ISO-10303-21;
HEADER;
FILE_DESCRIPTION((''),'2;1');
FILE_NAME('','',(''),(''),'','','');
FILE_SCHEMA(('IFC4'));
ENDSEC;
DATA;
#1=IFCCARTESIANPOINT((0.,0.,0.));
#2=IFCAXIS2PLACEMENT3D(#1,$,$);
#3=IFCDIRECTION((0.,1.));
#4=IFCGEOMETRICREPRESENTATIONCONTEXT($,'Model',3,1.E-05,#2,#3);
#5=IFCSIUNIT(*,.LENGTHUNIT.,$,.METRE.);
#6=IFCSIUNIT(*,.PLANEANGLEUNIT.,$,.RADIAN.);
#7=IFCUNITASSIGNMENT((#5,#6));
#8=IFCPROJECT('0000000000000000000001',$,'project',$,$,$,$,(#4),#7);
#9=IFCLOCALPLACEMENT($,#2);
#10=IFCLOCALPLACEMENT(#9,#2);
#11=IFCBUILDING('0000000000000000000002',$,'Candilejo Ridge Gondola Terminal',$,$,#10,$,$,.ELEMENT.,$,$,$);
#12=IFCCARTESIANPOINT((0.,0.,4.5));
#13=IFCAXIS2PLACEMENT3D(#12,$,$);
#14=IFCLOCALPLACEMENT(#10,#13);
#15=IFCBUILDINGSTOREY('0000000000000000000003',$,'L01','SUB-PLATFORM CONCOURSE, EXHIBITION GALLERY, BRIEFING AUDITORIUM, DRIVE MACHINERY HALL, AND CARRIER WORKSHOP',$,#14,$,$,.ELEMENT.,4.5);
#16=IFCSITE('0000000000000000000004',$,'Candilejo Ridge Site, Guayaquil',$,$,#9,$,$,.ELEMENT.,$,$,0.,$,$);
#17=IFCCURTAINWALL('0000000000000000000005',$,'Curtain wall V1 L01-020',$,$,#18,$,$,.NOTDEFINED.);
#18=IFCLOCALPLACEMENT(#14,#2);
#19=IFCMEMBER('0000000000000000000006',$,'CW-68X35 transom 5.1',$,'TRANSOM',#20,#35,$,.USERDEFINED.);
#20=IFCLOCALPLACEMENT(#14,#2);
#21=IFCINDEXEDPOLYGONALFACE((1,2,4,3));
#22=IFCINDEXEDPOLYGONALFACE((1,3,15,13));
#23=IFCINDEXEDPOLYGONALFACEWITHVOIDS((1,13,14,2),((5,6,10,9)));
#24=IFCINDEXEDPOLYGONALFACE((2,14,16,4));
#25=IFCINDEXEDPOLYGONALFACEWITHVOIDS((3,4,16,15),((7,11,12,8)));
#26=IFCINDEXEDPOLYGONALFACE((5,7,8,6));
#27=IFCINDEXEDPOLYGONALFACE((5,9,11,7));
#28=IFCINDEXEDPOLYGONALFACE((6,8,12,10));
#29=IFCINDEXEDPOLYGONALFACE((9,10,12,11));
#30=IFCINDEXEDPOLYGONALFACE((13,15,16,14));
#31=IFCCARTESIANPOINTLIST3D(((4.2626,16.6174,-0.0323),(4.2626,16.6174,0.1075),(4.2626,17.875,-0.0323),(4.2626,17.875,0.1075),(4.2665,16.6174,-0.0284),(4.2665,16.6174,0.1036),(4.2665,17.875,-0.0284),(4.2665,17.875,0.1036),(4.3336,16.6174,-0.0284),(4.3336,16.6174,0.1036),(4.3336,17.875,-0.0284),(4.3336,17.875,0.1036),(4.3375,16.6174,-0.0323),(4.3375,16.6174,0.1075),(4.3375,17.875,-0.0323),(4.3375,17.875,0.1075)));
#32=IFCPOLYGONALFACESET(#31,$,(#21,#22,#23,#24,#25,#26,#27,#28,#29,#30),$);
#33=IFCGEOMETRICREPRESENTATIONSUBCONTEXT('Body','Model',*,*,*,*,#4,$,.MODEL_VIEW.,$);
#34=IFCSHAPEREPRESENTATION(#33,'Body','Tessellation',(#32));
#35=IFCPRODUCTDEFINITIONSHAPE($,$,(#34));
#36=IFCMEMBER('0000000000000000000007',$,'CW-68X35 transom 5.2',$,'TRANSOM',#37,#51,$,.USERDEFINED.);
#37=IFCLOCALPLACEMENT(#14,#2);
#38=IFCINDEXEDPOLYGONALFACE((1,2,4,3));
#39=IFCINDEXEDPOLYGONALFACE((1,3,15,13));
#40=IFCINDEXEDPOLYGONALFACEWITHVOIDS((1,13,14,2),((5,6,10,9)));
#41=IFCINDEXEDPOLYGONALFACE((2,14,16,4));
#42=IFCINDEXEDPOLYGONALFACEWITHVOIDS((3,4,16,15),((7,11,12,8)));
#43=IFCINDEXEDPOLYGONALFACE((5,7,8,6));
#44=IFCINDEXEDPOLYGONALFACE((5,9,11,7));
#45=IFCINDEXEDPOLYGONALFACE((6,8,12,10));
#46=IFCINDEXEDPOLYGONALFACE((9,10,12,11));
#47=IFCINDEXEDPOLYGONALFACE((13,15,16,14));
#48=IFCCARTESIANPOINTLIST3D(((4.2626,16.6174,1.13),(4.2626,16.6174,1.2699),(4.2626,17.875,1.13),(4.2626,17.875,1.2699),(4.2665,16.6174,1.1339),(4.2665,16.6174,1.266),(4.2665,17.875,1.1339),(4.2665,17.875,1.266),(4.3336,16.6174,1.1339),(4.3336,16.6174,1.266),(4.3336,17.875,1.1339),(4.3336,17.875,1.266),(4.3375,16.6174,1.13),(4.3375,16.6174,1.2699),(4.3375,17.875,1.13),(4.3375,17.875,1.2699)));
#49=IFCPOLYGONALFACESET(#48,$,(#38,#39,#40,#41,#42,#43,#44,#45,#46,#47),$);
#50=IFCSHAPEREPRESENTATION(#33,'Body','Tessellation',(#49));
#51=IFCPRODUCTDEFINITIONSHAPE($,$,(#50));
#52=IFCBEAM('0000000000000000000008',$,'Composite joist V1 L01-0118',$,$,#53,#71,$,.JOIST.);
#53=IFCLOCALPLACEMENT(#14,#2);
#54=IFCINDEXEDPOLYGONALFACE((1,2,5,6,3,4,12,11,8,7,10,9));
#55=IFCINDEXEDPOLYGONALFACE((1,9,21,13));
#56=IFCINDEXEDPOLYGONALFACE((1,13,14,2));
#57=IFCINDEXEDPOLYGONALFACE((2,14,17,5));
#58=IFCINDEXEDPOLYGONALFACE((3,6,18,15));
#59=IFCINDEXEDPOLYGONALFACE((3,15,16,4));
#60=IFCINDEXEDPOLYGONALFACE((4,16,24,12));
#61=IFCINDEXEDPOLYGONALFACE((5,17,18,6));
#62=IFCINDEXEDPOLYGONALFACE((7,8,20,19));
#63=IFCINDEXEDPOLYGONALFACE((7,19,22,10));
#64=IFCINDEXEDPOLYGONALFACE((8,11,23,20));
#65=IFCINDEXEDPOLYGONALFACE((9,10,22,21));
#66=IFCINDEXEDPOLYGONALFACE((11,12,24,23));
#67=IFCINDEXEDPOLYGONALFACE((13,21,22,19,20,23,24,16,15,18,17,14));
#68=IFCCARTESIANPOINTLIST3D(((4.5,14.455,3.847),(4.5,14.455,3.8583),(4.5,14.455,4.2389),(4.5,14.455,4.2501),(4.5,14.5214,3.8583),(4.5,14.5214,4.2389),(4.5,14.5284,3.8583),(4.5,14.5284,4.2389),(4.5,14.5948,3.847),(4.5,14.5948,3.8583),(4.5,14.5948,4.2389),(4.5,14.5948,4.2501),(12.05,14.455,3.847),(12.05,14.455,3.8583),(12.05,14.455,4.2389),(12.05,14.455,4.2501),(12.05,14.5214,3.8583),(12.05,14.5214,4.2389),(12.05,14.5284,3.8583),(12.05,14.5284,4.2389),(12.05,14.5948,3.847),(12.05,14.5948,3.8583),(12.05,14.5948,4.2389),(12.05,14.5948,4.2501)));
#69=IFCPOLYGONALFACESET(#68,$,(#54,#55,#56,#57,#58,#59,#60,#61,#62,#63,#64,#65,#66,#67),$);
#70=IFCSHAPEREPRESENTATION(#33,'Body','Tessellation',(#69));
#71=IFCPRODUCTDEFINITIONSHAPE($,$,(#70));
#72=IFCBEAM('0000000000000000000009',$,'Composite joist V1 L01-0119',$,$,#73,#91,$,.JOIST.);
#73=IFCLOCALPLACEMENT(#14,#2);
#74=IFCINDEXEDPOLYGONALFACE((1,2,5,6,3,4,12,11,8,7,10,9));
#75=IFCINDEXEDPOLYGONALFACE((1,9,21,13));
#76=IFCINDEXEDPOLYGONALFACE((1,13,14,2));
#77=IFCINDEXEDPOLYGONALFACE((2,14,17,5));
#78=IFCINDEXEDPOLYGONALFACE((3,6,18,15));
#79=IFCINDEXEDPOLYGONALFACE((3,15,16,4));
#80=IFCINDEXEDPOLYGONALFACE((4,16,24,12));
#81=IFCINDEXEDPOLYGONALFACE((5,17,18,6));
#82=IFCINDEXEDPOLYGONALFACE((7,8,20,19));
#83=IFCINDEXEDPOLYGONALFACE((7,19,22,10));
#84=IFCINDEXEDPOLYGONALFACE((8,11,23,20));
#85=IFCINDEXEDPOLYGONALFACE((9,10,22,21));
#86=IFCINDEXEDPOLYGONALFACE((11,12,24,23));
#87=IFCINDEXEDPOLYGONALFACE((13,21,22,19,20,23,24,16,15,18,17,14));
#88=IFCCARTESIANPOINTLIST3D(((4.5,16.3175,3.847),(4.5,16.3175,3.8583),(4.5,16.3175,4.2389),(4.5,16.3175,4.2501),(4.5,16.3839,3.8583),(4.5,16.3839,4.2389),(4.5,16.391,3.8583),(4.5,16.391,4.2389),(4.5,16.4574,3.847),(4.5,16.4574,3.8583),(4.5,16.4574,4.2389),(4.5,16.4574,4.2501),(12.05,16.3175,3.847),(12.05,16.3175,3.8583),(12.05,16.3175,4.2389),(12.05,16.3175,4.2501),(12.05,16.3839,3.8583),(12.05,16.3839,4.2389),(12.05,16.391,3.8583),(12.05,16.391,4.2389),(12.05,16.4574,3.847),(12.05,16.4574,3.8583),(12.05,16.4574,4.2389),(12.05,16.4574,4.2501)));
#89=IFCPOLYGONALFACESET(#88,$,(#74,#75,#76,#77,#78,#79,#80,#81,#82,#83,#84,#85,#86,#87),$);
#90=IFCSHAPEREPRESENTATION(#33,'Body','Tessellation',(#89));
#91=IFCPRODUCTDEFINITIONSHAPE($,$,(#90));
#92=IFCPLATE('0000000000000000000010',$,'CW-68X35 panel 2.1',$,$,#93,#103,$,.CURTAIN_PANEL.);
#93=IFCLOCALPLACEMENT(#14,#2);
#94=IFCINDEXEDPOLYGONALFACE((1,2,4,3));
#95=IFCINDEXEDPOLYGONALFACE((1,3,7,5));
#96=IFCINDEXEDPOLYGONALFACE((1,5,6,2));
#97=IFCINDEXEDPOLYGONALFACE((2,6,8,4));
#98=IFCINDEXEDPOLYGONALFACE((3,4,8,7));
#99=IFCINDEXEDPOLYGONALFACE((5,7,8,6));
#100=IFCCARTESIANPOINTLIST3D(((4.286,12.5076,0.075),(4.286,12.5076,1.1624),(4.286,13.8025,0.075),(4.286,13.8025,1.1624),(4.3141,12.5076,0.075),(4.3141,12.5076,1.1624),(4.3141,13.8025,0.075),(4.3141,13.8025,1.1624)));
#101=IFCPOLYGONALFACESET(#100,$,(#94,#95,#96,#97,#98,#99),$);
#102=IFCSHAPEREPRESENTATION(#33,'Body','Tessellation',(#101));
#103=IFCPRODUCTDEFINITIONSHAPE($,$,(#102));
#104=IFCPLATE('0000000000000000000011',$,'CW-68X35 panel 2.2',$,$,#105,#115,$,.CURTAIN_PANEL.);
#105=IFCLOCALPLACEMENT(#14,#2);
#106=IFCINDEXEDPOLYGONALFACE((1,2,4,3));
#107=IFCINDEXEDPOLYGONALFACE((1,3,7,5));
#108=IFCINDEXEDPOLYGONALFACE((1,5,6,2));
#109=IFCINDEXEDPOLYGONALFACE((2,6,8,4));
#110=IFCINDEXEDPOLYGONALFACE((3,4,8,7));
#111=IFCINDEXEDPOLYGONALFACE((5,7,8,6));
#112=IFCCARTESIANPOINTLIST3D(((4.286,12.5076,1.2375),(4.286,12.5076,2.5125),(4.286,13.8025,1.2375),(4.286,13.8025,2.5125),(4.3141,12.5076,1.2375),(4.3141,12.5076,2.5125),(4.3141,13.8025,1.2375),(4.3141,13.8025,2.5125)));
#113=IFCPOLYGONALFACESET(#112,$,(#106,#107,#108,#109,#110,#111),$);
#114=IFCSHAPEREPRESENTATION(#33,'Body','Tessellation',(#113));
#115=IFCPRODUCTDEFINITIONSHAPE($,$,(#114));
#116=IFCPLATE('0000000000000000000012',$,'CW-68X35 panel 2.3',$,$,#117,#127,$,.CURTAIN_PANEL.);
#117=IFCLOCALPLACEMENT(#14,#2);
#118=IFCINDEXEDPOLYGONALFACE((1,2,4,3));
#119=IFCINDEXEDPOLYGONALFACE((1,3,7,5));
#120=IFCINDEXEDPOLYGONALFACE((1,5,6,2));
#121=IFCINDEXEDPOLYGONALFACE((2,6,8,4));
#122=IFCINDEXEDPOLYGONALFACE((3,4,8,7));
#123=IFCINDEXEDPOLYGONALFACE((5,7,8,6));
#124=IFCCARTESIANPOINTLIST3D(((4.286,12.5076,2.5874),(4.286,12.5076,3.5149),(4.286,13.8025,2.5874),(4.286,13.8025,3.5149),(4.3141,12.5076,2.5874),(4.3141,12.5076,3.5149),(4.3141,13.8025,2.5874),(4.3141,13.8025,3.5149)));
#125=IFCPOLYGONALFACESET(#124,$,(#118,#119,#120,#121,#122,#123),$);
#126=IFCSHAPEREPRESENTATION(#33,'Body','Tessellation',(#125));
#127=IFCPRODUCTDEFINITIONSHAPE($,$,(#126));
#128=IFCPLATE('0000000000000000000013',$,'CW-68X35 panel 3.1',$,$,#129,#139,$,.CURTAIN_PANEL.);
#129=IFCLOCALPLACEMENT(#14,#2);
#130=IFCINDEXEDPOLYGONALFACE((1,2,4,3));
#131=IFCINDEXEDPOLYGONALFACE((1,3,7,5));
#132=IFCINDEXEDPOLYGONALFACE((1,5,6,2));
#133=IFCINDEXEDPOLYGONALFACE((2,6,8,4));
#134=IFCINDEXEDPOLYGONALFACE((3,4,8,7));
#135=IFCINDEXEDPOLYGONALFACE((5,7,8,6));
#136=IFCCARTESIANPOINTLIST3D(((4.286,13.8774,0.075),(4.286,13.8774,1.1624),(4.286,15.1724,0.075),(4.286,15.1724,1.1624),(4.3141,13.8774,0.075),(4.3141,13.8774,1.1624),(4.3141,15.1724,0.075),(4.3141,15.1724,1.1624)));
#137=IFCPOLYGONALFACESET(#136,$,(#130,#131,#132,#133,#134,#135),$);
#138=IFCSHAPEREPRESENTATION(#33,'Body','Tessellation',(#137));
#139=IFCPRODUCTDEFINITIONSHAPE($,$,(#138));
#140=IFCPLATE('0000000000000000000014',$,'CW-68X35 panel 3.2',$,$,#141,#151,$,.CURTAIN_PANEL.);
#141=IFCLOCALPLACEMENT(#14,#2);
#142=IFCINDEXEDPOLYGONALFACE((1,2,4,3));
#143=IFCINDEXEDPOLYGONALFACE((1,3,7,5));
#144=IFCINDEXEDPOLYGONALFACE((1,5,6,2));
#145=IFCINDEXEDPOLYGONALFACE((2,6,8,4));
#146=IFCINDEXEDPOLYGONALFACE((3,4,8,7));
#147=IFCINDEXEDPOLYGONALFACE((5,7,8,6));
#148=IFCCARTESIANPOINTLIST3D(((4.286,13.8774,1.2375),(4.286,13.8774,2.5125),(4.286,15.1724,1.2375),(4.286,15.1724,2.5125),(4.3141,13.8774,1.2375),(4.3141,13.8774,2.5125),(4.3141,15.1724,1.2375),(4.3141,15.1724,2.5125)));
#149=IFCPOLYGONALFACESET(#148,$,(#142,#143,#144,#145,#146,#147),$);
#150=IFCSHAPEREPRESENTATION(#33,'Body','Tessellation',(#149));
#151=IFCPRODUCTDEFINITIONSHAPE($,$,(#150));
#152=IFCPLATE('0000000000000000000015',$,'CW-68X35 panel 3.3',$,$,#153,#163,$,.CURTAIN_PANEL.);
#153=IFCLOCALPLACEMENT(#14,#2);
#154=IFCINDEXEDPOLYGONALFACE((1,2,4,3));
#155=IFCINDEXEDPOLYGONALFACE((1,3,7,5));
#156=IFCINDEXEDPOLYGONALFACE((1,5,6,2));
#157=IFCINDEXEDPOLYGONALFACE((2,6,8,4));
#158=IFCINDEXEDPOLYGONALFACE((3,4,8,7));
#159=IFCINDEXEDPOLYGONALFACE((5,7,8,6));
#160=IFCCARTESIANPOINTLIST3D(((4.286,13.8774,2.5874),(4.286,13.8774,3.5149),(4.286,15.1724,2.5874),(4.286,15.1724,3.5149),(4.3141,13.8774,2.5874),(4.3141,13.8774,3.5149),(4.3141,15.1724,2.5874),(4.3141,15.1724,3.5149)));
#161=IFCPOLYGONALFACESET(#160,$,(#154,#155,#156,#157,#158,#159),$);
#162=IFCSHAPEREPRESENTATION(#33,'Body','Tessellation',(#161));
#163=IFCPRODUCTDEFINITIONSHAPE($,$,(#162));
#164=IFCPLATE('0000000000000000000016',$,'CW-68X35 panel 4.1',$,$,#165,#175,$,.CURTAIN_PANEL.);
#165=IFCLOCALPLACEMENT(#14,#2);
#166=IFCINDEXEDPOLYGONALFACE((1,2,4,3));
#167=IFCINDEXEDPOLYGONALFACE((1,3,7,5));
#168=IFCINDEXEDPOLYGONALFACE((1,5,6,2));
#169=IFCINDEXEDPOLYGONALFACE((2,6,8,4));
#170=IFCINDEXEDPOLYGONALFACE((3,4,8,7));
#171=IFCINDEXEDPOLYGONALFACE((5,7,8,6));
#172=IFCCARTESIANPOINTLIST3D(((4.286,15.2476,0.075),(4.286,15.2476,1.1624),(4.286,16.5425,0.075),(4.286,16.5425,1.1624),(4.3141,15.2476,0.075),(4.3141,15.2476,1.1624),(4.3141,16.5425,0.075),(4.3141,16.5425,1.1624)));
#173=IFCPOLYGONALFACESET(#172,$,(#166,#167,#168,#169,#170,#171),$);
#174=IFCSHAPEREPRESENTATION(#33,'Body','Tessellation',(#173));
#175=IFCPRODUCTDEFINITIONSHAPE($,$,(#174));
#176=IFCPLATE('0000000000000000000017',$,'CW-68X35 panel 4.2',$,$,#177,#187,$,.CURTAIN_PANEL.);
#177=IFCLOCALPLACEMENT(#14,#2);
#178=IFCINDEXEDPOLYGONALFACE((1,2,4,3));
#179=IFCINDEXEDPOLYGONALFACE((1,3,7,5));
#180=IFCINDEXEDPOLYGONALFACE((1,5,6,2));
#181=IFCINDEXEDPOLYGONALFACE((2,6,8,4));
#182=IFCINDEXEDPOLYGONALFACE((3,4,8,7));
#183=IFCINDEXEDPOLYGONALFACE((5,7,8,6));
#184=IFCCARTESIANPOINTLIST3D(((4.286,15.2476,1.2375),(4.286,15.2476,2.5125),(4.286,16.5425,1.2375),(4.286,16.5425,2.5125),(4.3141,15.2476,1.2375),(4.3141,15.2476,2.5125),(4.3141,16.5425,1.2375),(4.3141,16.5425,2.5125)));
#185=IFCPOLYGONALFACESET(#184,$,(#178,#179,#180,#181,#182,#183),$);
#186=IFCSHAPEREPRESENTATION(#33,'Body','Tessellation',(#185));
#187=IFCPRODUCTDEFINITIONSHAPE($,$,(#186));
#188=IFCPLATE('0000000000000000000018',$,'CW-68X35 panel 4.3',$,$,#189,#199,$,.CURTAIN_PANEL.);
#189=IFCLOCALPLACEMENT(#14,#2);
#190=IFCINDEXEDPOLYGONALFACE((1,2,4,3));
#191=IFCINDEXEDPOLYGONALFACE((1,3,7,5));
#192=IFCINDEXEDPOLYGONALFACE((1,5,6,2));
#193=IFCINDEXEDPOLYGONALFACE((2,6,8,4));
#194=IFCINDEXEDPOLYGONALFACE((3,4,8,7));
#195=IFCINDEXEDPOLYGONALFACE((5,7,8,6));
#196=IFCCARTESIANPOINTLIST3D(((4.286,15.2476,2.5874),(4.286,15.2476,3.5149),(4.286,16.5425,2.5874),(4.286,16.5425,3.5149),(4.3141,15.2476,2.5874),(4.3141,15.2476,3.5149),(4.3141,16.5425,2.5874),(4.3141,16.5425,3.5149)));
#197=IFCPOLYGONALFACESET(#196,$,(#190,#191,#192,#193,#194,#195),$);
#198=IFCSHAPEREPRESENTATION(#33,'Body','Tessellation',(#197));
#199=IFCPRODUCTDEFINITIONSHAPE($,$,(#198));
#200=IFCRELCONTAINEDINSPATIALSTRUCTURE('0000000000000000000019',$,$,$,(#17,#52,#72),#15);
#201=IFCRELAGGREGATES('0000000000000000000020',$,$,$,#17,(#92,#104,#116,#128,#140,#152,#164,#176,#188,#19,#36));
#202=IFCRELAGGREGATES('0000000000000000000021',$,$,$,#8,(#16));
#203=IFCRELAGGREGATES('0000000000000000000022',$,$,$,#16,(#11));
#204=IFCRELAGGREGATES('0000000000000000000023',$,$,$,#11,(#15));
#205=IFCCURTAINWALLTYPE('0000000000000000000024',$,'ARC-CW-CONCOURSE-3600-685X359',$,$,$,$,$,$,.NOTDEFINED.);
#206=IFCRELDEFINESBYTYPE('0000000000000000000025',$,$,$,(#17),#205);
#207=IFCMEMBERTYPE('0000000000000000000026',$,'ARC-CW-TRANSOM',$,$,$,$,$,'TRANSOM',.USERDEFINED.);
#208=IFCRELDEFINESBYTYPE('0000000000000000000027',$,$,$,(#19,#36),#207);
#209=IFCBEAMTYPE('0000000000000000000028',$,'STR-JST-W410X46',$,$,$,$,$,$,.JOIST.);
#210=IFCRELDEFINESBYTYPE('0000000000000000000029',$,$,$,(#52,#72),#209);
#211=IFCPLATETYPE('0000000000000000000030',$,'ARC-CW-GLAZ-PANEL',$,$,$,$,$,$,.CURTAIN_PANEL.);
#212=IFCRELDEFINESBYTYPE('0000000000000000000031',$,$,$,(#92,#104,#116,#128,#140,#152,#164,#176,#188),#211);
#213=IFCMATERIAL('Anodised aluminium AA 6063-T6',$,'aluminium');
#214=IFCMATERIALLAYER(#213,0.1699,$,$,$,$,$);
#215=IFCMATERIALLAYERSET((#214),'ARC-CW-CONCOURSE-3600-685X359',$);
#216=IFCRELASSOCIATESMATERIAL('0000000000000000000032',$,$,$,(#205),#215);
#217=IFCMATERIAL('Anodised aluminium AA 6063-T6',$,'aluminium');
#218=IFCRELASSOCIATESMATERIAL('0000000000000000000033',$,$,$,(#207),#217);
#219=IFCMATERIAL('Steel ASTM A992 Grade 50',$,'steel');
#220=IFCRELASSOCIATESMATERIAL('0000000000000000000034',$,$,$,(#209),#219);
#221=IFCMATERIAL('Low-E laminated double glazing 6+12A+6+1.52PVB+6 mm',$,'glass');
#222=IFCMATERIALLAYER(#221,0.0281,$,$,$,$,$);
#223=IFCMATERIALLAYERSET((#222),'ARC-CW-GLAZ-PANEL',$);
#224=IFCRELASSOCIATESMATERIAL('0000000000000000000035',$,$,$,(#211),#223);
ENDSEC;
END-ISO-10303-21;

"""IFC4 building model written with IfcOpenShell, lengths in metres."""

from ifc_helpers import new_model, si_unit, direction, frame, origin, origin_2d, place, context, subcontext, project, spatial, rectangle, hollow_rectangle, i_section, extrude, material, layer, layer_set, material_profile, profile_set, type_object, element, aggregate, save


model = new_model("IFC4")

# Units and contexts
model_context = context("Model", 3, precision=1e-05, world=origin(), true_north=direction((0.0, 1.0)))
body_context = subcontext(model_context, "Body", "Model", "MODEL_VIEW")
ifc_project = project(units=[si_unit("LENGTHUNIT", "METRE"), si_unit("PLANEANGLEUNIT", "RADIAN")], contexts=[model_context])

# Site, building, storey
site_placement = place(None, origin())
site = spatial("IfcSite", under=ifc_project, at=site_placement, Name="Candilejo Ridge Site, Guayaquil", CompositionType="ELEMENT", RefElevation=0.0)
building_placement = place(site_placement, origin())
building = spatial("IfcBuilding", under=site, at=building_placement, Name="Candilejo Ridge Gondola Terminal", CompositionType="ELEMENT")
storey_placement = place(building_placement, frame((0.0, 0.0, 4.5)))
storey = spatial("IfcBuildingStorey", under=building, at=storey_placement, Name="L01", Description="SUB-PLATFORM CONCOURSE, EXHIBITION GALLERY, BRIEFING AUDITORIUM, DRIVE MACHINERY HALL, AND CARRIER WORKSHOP", CompositionType="ELEMENT", Elevation=4.5)

# Curtain wall, members
ifc_material_1 = material(Name="Anodised aluminium AA 6063-T6", Category="aluminium")
ifc_layer_1 = layer(ifc_material_1, 0.1699)
ifc_layer_set_1 = layer_set([ifc_layer_1], Name="ARC-CW-CONCOURSE-3600-685X359")
curtain_wall_type = type_object("IfcCurtainWallType", Name="ARC-CW-CONCOURSE-3600-685X359", PredefinedType="NOTDEFINED", material=ifc_layer_set_1)
curtain_wall_placement = place(storey_placement, origin())
curtain_wall = element("IfcCurtainWall", 1, at=curtain_wall_placement, inside=storey, type_object=curtain_wall_type, Name="Curtain wall V1 L01-020", PredefinedType="NOTDEFINED")
ifc_material_2 = material(Name="Anodised aluminium AA 6063-T6", Category="aluminium")
ifc_material_profile_1 = material_profile(ifc_material_2, hollow_rectangle(XDim=0.075, YDim=0.1399, WallThickness=0.0039, at=origin_2d()))
ifc_profile_set_1 = profile_set([ifc_material_profile_1], Name="Anodised aluminium AA 6063-T6")
member_type_1 = type_object("IfcMemberType", Name="ARC-CW-TRANSOM", ElementType="TRANSOM", PredefinedType="USERDEFINED", material=ifc_profile_set_1)
member_1_placement = place(storey_placement, frame((4.3, 16.6174, 0.0376), z_axis=(0.0, 1.0, 0.0), x_axis=(-1.0, 0.0, 0.0)))
member_1 = element("IfcMember", 2, at=member_1_placement, type_object=member_type_1, Name="CW-68X35 transom 5.1", ObjectType="TRANSOM", PredefinedType="USERDEFINED", context=body_context, shape_type="SweptSolid", body=[
    extrude(hollow_rectangle(XDim=0.075, YDim=0.1399, WallThickness=0.0039, at=origin_2d()), origin(), (0.0, 0.0, 1.0), 1.2576),
])
member_2_placement = place(storey_placement, frame((4.3, 16.6174, 1.2), z_axis=(0.0, 1.0, 0.0), x_axis=(-1.0, 0.0, 0.0)))
member_2 = element("IfcMember", 3, at=member_2_placement, type_object=member_type_1, Name="CW-68X35 transom 5.2", ObjectType="TRANSOM", PredefinedType="USERDEFINED", context=body_context, shape_type="SweptSolid", body=[
    extrude(hollow_rectangle(XDim=0.075, YDim=0.1399, WallThickness=0.0039, at=origin_2d()), origin(), (0.0, 0.0, 1.0), 1.2576),
])

# Beams
ifc_material_3 = material(Name="Steel ASTM A992 Grade 50", Category="steel")
ifc_material_profile_2 = material_profile(ifc_material_3, i_section(OverallWidth=0.1399, OverallDepth=0.4031, WebThickness=0.0071, FlangeThickness=0.0112, at=origin_2d()))
ifc_profile_set_2 = profile_set([ifc_material_profile_2], Name="Steel ASTM A992 Grade 50")
beam_type = type_object("IfcBeamType", Name="STR-JST-W410X46", PredefinedType="JOIST", material=ifc_profile_set_2)
for number, where, z_axis, x_axis, name in (
    (4, (4.5, 14.5249, 4.0486), (1.0, 0.0, 0.0), (0.0, 1.0, 0.0), "Composite joist V1 L01-0118"),
    (5, (4.5, 16.3875, 4.0486), (1.0, 0.0, 0.0), (0.0, 1.0, 0.0), "Composite joist V1 L01-0119"),
):
    element("IfcBeam", number, at=place(storey_placement, frame(where, z_axis=z_axis, x_axis=x_axis)), inside=storey, type_object=beam_type, Name=name, PredefinedType="JOIST", context=body_context, shape_type="SweptSolid", body=[
        extrude(i_section(OverallWidth=0.1399, OverallDepth=0.4031, WebThickness=0.0071, FlangeThickness=0.0112, at=origin_2d()), origin(), (0.0, 0.0, 1.0), 7.55),
    ])

# Plates
ifc_material_4 = material(Name="Low-E laminated double glazing 6+12A+6+1.52PVB+6 mm", Category="glass")
ifc_layer_2 = layer(ifc_material_4, 0.0281)
ifc_layer_set_2 = layer_set([ifc_layer_2], Name="ARC-CW-GLAZ-PANEL")
plate_type = type_object("IfcPlateType", Name="ARC-CW-GLAZ-PANEL", PredefinedType="CURTAIN_PANEL", material=ifc_layer_set_2)
plate_1_placement = place(storey_placement, frame((4.3, 13.155, 0.075), z_axis=(0.0, 0.0, 1.0), x_axis=(0.0, 1.0, 0.0)))
plate_1 = element("IfcPlate", 6, at=plate_1_placement, type_object=plate_type, Name="CW-68X35 panel 2.1", PredefinedType="CURTAIN_PANEL", context=body_context, shape_type="SweptSolid", body=[
    extrude(rectangle(XDim=1.2949, YDim=0.0281, at=origin_2d()), origin(), (0.0, 0.0, 1.0), 1.0874),
])
plate_2_placement = place(storey_placement, frame((4.3, 13.155, 1.2375), z_axis=(0.0, 0.0, 1.0), x_axis=(0.0, 1.0, 0.0)))
plate_2 = element("IfcPlate", 7, at=plate_2_placement, type_object=plate_type, Name="CW-68X35 panel 2.2", PredefinedType="CURTAIN_PANEL", context=body_context, shape_type="SweptSolid", body=[
    extrude(rectangle(XDim=1.2949, YDim=0.0281, at=origin_2d()), origin(), (0.0, 0.0, 1.0), 1.2749),
])
plate_3_placement = place(storey_placement, frame((4.3, 13.155, 2.5874), z_axis=(0.0, 0.0, 1.0), x_axis=(0.0, 1.0, 0.0)))
plate_3 = element("IfcPlate", 8, at=plate_3_placement, type_object=plate_type, Name="CW-68X35 panel 2.3", PredefinedType="CURTAIN_PANEL", context=body_context, shape_type="SweptSolid", body=[
    extrude(rectangle(XDim=1.2949, YDim=0.0281, at=origin_2d()), origin(), (0.0, 0.0, 1.0), 0.9275),
])
plate_4_placement = place(storey_placement, frame((4.3, 14.5249, 0.075), z_axis=(0.0, 0.0, 1.0), x_axis=(0.0, 1.0, 0.0)))
plate_4 = element("IfcPlate", 9, at=plate_4_placement, type_object=plate_type, Name="CW-68X35 panel 3.1", PredefinedType="CURTAIN_PANEL", context=body_context, shape_type="SweptSolid", body=[
    extrude(rectangle(XDim=1.2949, YDim=0.0281, at=origin_2d()), origin(), (0.0, 0.0, 1.0), 1.0874),
])
plate_5_placement = place(storey_placement, frame((4.3, 14.5249, 1.2375), z_axis=(0.0, 0.0, 1.0), x_axis=(0.0, 1.0, 0.0)))
plate_5 = element("IfcPlate", 10, at=plate_5_placement, type_object=plate_type, Name="CW-68X35 panel 3.2", PredefinedType="CURTAIN_PANEL", context=body_context, shape_type="SweptSolid", body=[
    extrude(rectangle(XDim=1.2949, YDim=0.0281, at=origin_2d()), origin(), (0.0, 0.0, 1.0), 1.2749),
])
plate_6_placement = place(storey_placement, frame((4.3, 14.5249, 2.5874), z_axis=(0.0, 0.0, 1.0), x_axis=(0.0, 1.0, 0.0)))
plate_6 = element("IfcPlate", 11, at=plate_6_placement, type_object=plate_type, Name="CW-68X35 panel 3.3", PredefinedType="CURTAIN_PANEL", context=body_context, shape_type="SweptSolid", body=[
    extrude(rectangle(XDim=1.2949, YDim=0.0281, at=origin_2d()), origin(), (0.0, 0.0, 1.0), 0.9275),
])
plate_7_placement = place(storey_placement, frame((4.3, 15.895, 0.075), z_axis=(0.0, 0.0, 1.0), x_axis=(0.0, 1.0, 0.0)))
plate_7 = element("IfcPlate", 12, at=plate_7_placement, type_object=plate_type, Name="CW-68X35 panel 4.1", PredefinedType="CURTAIN_PANEL", context=body_context, shape_type="SweptSolid", body=[
    extrude(rectangle(XDim=1.2949, YDim=0.0281, at=origin_2d()), origin(), (0.0, 0.0, 1.0), 1.0874),
])
plate_8_placement = place(storey_placement, frame((4.3, 15.895, 1.2375), z_axis=(0.0, 0.0, 1.0), x_axis=(0.0, 1.0, 0.0)))
plate_8 = element("IfcPlate", 13, at=plate_8_placement, type_object=plate_type, Name="CW-68X35 panel 4.2", PredefinedType="CURTAIN_PANEL", context=body_context, shape_type="SweptSolid", body=[
    extrude(rectangle(XDim=1.2949, YDim=0.0281, at=origin_2d()), origin(), (0.0, 0.0, 1.0), 1.2749),
])
plate_9_placement = place(storey_placement, frame((4.3, 15.895, 2.5874), z_axis=(0.0, 0.0, 1.0), x_axis=(0.0, 1.0, 0.0)))
plate_9 = element("IfcPlate", 14, at=plate_9_placement, type_object=plate_type, Name="CW-68X35 panel 4.3", PredefinedType="CURTAIN_PANEL", context=body_context, shape_type="SweptSolid", body=[
    extrude(rectangle(XDim=1.2949, YDim=0.0281, at=origin_2d()), origin(), (0.0, 0.0, 1.0), 0.9275),
])
aggregate(curtain_wall, [plate_1, plate_2, plate_3, plate_4, plate_5, plate_6, plate_7, plate_8, plate_9, member_1, member_2])

save(model, "model.ifc")
